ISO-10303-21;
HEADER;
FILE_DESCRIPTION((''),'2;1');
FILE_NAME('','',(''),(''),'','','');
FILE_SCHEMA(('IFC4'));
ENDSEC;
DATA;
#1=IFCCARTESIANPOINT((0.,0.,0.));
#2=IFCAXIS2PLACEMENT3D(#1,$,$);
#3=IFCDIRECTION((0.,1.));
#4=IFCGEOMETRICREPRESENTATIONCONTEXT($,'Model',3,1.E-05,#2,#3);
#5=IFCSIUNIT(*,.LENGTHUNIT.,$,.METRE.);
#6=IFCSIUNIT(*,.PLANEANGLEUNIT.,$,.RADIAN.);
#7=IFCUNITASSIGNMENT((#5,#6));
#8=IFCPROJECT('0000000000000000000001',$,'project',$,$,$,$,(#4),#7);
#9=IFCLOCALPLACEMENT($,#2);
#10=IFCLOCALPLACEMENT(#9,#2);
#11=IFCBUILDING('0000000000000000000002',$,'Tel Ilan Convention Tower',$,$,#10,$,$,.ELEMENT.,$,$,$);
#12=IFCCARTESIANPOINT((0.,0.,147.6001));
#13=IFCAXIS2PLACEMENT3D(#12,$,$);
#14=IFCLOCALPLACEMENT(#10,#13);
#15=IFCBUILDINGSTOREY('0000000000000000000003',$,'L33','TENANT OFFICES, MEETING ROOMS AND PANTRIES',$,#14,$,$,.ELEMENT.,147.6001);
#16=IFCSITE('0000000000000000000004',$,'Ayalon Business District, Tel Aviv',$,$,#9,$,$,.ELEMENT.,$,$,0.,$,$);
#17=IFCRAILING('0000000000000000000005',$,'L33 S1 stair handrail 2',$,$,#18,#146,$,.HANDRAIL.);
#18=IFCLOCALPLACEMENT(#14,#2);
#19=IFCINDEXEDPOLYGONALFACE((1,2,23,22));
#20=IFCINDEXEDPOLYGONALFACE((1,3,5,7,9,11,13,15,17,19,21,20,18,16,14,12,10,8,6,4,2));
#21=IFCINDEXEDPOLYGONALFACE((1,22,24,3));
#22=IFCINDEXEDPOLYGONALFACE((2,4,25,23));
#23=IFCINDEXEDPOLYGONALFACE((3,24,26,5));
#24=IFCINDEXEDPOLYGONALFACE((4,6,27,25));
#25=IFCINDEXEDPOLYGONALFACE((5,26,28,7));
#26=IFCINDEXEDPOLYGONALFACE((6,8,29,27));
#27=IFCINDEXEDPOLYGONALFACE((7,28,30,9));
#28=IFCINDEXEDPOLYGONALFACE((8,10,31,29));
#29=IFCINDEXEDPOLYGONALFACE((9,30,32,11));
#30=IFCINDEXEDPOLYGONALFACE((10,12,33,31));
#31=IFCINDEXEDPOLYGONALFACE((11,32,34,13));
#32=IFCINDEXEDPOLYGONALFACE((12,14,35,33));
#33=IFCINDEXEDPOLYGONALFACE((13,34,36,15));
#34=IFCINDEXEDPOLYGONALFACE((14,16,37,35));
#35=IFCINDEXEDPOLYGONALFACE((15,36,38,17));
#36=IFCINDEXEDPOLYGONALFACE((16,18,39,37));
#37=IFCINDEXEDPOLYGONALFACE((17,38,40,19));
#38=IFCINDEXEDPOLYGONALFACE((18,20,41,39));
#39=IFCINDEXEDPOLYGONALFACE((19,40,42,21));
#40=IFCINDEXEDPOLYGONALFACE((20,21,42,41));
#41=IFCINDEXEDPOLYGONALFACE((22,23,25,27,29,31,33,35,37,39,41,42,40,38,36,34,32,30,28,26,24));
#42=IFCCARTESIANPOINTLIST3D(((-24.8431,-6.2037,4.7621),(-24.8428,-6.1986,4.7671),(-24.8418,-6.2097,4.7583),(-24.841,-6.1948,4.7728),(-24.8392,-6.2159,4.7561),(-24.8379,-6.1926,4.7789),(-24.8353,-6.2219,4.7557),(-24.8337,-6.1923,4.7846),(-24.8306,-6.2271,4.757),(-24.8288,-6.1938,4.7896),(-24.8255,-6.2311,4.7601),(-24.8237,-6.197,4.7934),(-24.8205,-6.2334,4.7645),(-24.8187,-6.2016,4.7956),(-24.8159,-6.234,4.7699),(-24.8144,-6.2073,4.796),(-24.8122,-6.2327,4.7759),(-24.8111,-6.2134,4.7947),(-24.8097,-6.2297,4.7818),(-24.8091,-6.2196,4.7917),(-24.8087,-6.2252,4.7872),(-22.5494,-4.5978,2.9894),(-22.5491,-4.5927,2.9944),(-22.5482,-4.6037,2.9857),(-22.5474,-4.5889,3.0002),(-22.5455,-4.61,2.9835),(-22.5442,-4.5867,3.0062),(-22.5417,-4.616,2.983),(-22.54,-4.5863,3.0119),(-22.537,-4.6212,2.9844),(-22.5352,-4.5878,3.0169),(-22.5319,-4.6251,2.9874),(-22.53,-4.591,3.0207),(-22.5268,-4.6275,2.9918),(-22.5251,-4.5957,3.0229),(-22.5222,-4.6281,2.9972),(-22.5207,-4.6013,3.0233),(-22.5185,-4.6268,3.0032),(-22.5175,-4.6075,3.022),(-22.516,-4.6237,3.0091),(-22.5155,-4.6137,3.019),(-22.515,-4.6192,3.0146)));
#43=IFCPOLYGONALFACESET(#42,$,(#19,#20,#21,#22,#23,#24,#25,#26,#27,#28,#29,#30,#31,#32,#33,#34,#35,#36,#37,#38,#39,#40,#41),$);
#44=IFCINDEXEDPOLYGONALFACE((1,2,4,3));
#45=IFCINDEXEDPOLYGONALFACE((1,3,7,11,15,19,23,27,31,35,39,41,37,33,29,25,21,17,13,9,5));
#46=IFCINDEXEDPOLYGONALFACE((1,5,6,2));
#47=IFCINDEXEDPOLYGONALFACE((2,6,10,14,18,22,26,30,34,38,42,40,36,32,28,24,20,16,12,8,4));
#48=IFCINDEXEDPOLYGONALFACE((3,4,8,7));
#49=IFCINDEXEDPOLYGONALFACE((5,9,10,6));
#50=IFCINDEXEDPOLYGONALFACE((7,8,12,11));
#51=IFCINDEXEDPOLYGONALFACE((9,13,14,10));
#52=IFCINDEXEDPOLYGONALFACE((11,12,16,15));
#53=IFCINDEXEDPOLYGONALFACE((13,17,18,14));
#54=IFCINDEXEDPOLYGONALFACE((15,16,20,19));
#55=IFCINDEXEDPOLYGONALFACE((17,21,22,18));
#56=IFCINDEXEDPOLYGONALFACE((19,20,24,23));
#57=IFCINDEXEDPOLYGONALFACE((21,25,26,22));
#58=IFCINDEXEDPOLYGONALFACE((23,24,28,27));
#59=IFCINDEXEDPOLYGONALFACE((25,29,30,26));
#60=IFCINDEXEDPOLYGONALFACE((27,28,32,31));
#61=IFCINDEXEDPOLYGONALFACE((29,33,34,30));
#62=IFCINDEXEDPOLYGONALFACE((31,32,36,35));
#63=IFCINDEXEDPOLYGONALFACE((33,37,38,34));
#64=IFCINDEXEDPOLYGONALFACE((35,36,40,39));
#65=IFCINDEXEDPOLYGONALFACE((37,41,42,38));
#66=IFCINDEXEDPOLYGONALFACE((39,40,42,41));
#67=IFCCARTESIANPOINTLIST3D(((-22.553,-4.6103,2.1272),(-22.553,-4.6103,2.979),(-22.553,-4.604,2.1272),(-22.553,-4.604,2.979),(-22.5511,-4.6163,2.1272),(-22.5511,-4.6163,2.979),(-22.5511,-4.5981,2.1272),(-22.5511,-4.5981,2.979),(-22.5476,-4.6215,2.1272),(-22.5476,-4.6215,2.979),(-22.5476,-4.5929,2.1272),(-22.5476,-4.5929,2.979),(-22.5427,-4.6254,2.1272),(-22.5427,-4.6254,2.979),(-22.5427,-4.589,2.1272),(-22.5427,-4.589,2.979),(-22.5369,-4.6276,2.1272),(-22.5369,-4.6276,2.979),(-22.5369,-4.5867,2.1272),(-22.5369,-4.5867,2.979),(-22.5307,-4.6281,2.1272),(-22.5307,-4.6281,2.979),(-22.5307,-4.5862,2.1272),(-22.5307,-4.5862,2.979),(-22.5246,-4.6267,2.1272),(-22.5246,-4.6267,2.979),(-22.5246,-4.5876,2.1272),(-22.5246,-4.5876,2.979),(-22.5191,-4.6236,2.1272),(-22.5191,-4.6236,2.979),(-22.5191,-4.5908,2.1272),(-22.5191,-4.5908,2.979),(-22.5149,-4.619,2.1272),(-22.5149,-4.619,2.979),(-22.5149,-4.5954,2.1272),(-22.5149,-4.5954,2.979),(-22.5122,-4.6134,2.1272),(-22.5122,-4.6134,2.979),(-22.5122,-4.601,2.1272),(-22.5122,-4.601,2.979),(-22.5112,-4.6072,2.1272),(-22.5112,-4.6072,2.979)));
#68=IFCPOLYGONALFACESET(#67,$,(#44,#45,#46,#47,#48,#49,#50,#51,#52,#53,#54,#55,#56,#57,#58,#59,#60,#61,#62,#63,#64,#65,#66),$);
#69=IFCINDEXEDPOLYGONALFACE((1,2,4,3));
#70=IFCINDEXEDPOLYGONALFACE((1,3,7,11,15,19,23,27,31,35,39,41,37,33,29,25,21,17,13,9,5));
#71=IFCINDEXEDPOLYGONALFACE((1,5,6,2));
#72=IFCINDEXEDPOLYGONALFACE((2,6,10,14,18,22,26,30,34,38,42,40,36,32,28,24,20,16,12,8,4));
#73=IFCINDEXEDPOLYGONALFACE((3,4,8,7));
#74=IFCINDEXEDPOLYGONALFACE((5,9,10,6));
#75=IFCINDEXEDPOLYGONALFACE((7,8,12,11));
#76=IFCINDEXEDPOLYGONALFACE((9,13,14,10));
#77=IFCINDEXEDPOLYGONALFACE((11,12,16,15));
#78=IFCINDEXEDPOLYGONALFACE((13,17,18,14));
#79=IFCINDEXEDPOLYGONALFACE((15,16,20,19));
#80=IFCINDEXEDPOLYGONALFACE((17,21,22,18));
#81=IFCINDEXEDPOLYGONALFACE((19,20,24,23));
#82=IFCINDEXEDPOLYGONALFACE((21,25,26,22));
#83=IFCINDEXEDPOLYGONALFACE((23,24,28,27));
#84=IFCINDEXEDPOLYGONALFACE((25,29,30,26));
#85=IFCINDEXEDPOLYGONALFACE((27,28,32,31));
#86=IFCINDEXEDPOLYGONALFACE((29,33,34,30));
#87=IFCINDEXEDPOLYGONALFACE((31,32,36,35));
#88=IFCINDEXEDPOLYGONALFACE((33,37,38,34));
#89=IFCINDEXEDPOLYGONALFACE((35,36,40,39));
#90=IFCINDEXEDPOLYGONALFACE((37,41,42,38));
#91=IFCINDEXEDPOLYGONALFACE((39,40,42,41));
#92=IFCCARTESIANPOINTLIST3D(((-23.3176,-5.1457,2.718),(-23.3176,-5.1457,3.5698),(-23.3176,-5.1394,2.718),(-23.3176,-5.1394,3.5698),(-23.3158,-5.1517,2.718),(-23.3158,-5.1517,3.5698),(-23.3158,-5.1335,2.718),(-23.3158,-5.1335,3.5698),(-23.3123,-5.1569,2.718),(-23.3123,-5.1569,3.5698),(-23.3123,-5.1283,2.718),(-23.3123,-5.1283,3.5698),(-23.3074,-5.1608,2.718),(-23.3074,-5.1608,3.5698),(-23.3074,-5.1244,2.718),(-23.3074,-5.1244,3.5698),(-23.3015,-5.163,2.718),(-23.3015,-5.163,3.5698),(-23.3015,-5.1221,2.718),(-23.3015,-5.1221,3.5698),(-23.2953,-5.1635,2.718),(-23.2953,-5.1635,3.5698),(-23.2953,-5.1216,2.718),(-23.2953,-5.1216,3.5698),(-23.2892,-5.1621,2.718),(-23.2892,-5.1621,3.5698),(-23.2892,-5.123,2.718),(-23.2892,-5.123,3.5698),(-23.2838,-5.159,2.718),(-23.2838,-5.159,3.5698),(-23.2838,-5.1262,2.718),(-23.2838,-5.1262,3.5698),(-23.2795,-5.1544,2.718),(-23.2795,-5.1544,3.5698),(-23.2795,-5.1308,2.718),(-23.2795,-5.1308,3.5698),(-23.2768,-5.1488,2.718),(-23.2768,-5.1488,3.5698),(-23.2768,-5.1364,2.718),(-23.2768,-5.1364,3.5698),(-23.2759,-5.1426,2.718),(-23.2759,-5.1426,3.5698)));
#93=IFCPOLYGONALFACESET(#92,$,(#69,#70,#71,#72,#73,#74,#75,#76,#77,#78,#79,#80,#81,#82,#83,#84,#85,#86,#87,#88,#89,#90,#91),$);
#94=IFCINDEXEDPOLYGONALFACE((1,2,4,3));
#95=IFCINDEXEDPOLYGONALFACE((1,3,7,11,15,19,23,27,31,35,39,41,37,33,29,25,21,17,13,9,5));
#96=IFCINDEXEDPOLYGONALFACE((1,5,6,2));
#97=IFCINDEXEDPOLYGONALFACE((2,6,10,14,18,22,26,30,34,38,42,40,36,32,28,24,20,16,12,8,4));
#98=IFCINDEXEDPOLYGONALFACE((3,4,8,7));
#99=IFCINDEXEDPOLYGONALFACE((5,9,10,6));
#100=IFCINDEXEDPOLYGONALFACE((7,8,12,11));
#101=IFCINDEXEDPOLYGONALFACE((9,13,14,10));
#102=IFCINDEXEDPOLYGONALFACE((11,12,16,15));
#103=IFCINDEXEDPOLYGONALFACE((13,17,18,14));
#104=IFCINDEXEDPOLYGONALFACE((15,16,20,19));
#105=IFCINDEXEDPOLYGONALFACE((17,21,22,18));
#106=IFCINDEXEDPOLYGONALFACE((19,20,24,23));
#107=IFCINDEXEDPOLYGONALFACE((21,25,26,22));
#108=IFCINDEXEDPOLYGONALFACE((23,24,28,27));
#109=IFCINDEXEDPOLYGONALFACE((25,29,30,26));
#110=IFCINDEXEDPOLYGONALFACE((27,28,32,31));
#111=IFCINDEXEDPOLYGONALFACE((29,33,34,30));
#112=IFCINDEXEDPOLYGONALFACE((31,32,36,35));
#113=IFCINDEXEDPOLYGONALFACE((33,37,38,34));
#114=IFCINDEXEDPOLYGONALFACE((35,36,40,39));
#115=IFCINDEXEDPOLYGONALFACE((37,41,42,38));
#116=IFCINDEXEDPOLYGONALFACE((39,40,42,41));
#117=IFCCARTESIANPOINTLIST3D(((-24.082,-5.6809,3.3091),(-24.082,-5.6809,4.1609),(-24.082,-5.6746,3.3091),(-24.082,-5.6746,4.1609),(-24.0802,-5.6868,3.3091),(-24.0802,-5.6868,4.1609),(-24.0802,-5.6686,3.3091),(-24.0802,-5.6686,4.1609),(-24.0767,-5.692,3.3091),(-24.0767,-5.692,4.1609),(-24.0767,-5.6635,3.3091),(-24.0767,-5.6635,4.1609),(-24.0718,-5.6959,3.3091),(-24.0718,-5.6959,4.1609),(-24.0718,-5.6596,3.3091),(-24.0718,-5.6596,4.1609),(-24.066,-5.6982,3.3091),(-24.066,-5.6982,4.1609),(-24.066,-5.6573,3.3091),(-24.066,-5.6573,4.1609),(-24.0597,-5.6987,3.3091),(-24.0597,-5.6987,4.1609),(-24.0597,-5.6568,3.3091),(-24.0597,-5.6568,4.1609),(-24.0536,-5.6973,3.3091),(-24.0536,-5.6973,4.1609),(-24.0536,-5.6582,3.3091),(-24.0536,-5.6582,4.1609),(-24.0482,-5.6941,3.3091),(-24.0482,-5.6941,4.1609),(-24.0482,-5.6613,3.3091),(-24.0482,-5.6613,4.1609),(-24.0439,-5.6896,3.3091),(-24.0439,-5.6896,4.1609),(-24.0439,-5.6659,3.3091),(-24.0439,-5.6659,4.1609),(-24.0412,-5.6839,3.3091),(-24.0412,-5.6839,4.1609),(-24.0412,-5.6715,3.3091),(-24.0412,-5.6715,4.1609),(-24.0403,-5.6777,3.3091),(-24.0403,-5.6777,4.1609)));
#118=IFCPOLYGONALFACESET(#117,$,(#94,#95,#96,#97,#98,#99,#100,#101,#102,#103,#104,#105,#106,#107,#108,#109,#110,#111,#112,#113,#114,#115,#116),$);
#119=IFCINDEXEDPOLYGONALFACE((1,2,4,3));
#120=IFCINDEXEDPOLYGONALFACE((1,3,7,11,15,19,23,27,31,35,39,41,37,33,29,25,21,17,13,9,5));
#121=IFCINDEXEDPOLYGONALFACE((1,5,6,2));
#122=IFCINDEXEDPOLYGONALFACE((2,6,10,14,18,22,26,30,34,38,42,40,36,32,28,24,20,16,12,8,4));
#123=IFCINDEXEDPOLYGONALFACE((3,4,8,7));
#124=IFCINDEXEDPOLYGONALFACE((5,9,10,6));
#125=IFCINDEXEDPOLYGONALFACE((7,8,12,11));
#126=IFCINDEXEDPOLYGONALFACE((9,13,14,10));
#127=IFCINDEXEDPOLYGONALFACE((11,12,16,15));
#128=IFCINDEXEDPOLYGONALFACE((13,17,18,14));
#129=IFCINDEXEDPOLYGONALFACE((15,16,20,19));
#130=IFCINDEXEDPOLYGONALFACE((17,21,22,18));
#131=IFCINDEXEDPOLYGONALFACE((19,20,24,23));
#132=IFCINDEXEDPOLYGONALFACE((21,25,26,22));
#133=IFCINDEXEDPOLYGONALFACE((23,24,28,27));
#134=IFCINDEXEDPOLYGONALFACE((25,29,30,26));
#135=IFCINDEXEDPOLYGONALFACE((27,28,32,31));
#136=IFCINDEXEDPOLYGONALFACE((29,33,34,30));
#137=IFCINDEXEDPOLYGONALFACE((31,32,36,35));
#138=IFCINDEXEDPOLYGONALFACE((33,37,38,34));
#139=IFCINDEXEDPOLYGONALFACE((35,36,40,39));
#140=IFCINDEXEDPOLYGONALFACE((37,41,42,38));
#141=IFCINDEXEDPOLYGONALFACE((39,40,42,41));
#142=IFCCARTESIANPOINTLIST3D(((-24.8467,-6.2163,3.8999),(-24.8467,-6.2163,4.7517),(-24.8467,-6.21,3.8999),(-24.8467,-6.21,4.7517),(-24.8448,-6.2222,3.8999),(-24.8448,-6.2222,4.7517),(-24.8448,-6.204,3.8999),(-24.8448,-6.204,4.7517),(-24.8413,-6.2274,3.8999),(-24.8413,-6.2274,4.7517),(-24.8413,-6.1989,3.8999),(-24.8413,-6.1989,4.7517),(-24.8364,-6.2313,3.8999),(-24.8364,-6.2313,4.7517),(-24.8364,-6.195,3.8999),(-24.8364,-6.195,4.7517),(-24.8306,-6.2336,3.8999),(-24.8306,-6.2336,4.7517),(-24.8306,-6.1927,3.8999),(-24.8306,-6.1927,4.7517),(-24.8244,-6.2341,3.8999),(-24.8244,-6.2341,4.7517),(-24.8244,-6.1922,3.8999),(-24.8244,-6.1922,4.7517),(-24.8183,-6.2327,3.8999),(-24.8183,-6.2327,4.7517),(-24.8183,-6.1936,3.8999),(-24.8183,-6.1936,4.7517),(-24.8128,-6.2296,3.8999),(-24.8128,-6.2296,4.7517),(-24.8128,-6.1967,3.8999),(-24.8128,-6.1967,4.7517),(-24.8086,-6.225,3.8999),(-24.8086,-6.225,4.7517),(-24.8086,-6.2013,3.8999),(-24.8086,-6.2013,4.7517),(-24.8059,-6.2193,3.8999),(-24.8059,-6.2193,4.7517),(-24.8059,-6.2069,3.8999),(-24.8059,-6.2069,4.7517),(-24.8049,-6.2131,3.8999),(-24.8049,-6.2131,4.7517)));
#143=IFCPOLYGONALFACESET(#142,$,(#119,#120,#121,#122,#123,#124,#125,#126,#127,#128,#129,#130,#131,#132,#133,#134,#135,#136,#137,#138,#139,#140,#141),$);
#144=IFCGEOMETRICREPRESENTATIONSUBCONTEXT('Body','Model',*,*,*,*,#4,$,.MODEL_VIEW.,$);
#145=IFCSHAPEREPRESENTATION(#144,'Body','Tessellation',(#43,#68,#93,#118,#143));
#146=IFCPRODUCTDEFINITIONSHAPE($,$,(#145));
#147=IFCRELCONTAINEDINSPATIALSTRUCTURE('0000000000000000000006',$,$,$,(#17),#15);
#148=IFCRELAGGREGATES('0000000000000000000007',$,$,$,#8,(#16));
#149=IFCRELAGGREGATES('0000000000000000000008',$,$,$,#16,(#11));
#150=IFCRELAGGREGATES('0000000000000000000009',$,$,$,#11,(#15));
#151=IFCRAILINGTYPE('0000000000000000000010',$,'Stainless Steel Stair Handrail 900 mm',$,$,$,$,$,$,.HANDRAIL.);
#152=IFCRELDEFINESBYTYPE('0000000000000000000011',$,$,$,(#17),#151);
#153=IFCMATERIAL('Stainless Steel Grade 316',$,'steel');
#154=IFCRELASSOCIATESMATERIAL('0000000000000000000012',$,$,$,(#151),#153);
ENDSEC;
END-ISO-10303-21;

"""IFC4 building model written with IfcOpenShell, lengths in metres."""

from ifc_helpers import new_model, si_unit, direction, frame, origin, origin_2d, place, context, subcontext, project, spatial, circle, extrude, material, type_object, element, save


model = new_model("IFC4")

# Units and contexts
model_context = context("Model", 3, precision=1e-05, world=origin(), true_north=direction((0.0, 1.0)))
body_context = subcontext(model_context, "Body", "Model", "MODEL_VIEW")
ifc_project = project(units=[si_unit("LENGTHUNIT", "METRE"), si_unit("PLANEANGLEUNIT", "RADIAN")], contexts=[model_context])

# Site, building, storey
site_placement = place(None, origin())
site = spatial("IfcSite", under=ifc_project, at=site_placement, Name="Ayalon Business District, Tel Aviv", CompositionType="ELEMENT", RefElevation=0.0)
building_placement = place(site_placement, origin())
building = spatial("IfcBuilding", under=site, at=building_placement, Name="Tel Ilan Convention Tower", CompositionType="ELEMENT")
storey_placement = place(building_placement, frame((0.0, 0.0, 147.6001)))
storey = spatial("IfcBuildingStorey", under=building, at=storey_placement, Name="L33", Description="TENANT OFFICES, MEETING ROOMS AND PANTRIES", CompositionType="ELEMENT", Elevation=147.6001)

# Railing
ifc_material_1 = material(Name="Stainless Steel Grade 316", Category="steel")
railing_type_1 = type_object("IfcRailingType", Name="Stainless Steel Stair Handrail 900 mm", PredefinedType="HANDRAIL", material=ifc_material_1)
railing_1_placement = place(storey_placement, frame((-22.5322, -4.6072, 2.1272)))
element("IfcRailing", 1, at=railing_1_placement, inside=storey, type_object=railing_type_1, Name="L33 S1 stair handrail 2", PredefinedType="HANDRAIL", context=body_context, shape_type="SweptSolid", body=[
    extrude(circle(Radius=0.0239, at=origin_2d()), frame((0.0, 0.0, 0.876), z_axis=(-0.692123, -0.484597, 0.534913), x_axis=(0.57355, -0.81917, 0.0)), (0.0, 0.0, 1.0), 3.314),
    extrude(circle(Radius=0.021, at=origin_2d()), origin(), (0.0, 0.0, 1.0), 0.8518),
    extrude(circle(Radius=0.021, at=origin_2d()), frame((-0.7646, -0.5354, 0.5908)), (0.0, 0.0, 1.0), 0.8518),
    extrude(circle(Radius=0.021, at=origin_2d()), frame((-1.5291, -1.0706, 1.1819)), (0.0, 0.0, 1.0), 0.8518),
    extrude(circle(Radius=0.021, at=origin_2d()), frame((-2.2937, -1.606, 1.7727)), (0.0, 0.0, 1.0), 0.8518),
])

save(model, "model.ifc")
